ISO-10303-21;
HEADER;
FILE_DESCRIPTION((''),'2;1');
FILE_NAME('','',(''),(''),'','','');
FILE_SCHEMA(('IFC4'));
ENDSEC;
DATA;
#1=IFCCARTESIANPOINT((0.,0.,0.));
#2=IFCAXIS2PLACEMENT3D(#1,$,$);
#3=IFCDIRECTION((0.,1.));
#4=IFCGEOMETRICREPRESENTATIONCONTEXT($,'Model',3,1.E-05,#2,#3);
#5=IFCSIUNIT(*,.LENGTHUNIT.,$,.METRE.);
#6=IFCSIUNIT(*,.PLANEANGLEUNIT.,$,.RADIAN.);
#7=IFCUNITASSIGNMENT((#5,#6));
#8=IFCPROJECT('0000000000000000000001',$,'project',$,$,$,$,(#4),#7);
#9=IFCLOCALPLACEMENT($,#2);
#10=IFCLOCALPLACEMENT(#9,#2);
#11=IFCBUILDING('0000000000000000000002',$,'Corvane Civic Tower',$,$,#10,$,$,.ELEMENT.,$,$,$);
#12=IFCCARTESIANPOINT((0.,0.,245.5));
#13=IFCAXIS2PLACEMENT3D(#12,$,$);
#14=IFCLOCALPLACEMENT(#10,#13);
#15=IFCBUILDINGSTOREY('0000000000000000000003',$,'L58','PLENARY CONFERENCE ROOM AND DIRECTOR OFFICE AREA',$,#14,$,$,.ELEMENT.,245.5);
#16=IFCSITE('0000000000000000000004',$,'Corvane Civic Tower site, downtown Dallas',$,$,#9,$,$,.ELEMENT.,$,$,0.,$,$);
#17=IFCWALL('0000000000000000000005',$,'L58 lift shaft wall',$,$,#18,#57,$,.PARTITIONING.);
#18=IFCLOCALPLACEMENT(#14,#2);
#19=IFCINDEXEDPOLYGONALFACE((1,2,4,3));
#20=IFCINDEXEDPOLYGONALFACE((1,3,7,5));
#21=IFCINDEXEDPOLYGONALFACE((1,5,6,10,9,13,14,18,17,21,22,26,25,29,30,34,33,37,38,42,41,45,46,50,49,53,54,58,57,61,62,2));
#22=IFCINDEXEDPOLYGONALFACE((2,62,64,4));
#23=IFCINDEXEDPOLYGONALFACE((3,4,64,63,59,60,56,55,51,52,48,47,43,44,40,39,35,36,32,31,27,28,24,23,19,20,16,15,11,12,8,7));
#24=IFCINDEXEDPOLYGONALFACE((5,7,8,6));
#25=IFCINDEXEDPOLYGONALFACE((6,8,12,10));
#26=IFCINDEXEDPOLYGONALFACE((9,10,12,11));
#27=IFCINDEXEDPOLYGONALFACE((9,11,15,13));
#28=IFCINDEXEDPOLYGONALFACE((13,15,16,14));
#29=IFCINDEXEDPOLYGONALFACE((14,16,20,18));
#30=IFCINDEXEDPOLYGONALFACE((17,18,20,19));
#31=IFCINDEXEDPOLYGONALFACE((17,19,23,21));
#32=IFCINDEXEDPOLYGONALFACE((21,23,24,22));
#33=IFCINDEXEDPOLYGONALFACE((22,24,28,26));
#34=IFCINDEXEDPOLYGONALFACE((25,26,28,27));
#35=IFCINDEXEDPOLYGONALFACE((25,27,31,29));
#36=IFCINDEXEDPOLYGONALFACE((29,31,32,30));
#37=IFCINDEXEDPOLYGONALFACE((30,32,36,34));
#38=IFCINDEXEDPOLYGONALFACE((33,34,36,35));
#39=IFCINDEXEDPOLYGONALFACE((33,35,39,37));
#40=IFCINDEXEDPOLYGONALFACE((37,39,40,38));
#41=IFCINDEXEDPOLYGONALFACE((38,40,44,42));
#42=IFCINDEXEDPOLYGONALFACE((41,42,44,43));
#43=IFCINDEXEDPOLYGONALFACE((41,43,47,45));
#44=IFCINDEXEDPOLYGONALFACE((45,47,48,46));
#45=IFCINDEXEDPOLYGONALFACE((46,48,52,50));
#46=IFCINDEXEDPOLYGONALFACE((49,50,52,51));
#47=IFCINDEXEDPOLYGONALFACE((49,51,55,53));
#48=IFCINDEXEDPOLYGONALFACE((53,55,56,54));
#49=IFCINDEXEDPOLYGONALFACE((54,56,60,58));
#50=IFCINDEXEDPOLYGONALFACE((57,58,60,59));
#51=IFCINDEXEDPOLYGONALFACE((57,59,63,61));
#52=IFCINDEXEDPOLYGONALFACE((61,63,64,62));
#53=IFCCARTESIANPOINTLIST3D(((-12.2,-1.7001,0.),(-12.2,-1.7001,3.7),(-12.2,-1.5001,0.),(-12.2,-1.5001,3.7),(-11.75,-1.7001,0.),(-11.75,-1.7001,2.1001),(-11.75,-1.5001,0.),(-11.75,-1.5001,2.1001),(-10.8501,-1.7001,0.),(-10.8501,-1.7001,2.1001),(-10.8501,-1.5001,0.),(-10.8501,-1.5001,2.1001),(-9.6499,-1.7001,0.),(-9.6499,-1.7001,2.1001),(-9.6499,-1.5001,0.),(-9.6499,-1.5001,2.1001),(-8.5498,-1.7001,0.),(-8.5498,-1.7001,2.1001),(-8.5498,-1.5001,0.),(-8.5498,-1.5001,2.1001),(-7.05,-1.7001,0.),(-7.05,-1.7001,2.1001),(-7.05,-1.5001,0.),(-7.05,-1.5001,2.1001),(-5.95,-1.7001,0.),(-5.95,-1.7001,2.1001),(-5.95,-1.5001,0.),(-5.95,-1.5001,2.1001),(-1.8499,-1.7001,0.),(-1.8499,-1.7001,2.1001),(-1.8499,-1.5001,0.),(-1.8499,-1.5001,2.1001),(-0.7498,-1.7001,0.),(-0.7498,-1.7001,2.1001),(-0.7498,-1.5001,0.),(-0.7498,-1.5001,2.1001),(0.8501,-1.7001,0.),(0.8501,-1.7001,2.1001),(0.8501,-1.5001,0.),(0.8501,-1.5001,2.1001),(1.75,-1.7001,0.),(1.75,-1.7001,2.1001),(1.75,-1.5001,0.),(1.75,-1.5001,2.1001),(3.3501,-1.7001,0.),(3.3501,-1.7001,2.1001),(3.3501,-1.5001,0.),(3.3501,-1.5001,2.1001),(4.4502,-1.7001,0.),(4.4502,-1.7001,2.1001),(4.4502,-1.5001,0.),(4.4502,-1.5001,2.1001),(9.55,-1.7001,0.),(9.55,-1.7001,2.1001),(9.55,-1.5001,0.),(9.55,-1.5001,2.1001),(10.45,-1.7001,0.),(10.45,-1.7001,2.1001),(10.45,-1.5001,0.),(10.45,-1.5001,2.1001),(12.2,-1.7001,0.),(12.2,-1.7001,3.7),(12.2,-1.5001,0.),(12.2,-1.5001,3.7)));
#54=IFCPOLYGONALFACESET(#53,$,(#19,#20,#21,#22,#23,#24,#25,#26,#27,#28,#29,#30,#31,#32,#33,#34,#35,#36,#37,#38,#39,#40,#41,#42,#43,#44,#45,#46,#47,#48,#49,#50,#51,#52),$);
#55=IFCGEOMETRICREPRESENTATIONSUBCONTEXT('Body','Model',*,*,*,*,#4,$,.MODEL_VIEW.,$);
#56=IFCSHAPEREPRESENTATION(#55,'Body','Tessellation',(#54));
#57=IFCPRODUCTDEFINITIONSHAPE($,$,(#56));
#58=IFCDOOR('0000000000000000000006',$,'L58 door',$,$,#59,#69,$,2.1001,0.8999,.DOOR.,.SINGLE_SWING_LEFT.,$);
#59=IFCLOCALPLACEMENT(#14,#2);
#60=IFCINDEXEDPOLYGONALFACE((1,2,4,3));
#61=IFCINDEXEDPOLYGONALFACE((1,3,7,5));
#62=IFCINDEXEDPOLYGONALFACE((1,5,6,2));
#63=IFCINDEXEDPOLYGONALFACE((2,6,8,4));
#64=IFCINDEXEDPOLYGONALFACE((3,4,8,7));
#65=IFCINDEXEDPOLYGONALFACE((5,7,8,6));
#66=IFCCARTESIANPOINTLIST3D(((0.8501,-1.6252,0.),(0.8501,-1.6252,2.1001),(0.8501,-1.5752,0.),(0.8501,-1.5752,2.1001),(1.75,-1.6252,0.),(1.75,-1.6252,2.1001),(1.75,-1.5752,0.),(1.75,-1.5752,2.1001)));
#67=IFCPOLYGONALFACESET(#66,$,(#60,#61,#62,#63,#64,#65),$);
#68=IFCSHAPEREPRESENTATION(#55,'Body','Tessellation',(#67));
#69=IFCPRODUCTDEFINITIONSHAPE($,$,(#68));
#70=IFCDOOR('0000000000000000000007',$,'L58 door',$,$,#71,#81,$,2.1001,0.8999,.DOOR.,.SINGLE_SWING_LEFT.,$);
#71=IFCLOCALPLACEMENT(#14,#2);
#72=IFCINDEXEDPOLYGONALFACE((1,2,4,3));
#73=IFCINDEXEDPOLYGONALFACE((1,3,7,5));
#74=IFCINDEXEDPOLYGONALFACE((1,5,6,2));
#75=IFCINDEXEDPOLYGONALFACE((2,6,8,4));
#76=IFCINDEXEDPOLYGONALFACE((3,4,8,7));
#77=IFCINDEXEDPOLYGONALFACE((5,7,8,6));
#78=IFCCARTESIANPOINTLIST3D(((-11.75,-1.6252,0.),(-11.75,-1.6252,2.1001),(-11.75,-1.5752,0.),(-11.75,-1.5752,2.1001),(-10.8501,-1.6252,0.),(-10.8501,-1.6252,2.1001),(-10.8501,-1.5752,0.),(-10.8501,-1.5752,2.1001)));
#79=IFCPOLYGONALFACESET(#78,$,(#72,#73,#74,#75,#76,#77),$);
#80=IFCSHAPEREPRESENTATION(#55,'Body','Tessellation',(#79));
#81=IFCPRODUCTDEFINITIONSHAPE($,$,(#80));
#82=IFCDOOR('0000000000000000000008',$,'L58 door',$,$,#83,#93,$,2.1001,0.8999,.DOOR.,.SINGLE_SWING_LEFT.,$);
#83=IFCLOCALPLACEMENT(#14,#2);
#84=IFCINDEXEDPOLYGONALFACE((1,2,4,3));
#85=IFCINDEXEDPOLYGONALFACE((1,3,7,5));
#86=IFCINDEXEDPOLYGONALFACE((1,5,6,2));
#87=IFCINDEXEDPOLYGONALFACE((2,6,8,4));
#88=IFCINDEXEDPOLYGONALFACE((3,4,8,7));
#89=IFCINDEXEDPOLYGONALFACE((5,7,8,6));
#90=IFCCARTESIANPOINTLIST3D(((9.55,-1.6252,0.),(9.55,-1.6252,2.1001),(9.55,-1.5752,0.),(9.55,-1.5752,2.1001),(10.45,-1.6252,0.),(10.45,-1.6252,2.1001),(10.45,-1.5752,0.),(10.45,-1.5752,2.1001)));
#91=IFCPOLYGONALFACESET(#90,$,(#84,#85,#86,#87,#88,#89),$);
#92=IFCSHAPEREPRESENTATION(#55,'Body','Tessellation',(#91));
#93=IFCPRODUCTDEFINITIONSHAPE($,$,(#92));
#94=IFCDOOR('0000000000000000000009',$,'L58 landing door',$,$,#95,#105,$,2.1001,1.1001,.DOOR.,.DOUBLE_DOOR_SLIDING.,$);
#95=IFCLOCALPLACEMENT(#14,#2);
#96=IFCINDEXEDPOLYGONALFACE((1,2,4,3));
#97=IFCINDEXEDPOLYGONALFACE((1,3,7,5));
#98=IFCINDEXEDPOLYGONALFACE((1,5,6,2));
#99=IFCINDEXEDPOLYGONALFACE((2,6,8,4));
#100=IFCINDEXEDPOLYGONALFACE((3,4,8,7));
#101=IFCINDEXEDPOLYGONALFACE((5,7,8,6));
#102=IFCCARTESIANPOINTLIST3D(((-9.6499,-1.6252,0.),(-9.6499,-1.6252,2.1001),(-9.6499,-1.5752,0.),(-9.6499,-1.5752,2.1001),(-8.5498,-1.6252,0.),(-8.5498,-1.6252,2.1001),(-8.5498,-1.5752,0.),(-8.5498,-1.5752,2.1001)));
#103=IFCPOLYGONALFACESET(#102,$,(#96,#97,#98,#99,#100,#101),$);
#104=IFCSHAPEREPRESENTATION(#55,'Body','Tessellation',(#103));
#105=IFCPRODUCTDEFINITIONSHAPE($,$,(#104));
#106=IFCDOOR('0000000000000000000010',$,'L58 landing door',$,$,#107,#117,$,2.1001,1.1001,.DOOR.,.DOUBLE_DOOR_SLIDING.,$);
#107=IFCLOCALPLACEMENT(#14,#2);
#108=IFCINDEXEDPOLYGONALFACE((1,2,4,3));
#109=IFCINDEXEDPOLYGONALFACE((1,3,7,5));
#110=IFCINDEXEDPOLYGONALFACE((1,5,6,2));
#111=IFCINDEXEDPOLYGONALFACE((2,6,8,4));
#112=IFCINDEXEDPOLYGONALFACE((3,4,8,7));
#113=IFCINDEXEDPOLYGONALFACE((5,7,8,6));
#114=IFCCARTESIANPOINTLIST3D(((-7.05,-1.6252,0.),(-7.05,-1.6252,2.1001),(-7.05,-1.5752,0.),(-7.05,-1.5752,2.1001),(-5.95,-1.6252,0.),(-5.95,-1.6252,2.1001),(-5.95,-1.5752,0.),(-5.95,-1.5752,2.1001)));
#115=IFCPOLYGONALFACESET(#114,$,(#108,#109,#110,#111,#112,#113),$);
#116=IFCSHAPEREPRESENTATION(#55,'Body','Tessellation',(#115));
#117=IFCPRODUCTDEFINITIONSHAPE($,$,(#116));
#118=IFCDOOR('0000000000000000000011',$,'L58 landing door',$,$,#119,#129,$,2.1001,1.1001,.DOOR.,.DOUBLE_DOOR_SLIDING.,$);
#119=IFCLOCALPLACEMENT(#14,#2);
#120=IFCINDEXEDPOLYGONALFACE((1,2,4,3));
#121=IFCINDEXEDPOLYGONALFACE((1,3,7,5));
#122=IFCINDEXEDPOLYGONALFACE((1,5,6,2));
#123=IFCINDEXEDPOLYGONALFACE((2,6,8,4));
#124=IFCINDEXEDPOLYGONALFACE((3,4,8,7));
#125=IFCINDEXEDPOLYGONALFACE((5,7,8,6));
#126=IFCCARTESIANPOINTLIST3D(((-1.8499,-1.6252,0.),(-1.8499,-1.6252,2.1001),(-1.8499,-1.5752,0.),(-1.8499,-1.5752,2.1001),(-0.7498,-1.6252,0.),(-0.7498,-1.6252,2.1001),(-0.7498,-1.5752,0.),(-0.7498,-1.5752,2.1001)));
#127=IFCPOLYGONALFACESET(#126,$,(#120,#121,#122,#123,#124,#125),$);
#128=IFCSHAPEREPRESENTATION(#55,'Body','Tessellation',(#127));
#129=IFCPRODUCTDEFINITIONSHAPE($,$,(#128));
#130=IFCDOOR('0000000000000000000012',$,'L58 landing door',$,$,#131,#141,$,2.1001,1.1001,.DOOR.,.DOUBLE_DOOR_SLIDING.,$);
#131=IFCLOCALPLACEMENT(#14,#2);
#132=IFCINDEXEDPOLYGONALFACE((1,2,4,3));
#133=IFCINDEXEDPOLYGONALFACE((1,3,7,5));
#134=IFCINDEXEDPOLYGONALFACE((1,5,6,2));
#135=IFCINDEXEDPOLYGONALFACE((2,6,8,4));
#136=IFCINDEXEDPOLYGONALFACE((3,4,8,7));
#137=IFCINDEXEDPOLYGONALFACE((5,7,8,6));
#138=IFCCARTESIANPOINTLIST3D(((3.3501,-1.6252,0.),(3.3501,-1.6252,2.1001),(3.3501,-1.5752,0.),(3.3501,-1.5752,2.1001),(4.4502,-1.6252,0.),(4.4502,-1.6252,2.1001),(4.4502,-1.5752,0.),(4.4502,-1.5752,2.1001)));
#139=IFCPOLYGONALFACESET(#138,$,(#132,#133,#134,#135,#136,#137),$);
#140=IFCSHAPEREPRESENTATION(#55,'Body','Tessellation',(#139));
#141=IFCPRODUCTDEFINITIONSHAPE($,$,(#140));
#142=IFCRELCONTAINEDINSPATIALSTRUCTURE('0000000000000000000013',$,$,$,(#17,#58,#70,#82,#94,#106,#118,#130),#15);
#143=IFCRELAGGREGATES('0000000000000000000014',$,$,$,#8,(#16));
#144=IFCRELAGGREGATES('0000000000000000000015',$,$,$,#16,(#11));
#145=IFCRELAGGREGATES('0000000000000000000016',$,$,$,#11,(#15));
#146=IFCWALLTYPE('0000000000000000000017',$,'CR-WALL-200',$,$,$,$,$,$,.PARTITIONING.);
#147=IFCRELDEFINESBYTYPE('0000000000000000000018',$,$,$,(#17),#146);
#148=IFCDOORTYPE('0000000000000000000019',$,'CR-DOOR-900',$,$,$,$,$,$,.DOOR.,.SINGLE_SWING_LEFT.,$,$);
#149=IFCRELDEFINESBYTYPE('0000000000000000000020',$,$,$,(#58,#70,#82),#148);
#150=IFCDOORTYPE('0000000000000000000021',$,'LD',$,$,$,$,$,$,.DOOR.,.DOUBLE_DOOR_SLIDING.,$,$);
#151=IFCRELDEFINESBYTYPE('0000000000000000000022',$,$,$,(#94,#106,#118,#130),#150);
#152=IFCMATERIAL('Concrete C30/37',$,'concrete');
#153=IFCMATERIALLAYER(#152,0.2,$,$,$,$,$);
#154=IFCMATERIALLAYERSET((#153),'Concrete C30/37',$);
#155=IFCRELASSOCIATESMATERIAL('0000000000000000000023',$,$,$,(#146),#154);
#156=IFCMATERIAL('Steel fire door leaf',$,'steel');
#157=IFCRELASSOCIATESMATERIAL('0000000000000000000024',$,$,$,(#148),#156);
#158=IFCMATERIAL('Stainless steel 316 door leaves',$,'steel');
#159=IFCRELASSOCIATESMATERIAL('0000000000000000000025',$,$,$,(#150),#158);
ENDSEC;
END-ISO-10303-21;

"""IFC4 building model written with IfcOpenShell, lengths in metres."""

from ifc_helpers import new_model, si_unit, direction, frame, frame_2d, origin, place, context, subcontext, project, spatial, rectangle, extrude, material, layer, layer_set, type_object, element, fill, save


model = new_model("IFC4")

# Units and contexts
model_context = context("Model", 3, precision=1e-05, world=origin(), true_north=direction((0.0, 1.0)))
body_context = subcontext(model_context, "Body", "Model", "MODEL_VIEW")
ifc_project = project(units=[si_unit("LENGTHUNIT", "METRE"), si_unit("PLANEANGLEUNIT", "RADIAN")], contexts=[model_context])

# Site, building, storey
site_placement = place(None, origin())
site = spatial("IfcSite", under=ifc_project, at=site_placement, Name="Corvane Civic Tower site, downtown Dallas", CompositionType="ELEMENT", RefElevation=0.0)
building_placement = place(site_placement, origin())
building = spatial("IfcBuilding", under=site, at=building_placement, Name="Corvane Civic Tower", CompositionType="ELEMENT")
storey_placement = place(building_placement, frame((0.0, 0.0, 245.5)))
storey = spatial("IfcBuildingStorey", under=building, at=storey_placement, Name="L58", Description="PLENARY CONFERENCE ROOM AND DIRECTOR OFFICE AREA", CompositionType="ELEMENT", Elevation=245.5)

# Shared definitions
ifc_material_1 = material(Name="Concrete C30/37", Category="concrete")
ifc_layer_1 = layer(ifc_material_1, 0.2)
ifc_layer_set_1 = layer_set([ifc_layer_1], Name="Concrete C30/37")
wall_type_1 = type_object("IfcWallType", Name="CR-WALL-200", PredefinedType="PARTITIONING", material=ifc_layer_set_1)
ifc_material_2 = material(Name="Steel fire door leaf", Category="steel")
door_type_1 = type_object("IfcDoorType", Name="CR-DOOR-900", OperationType="SINGLE_SWING_LEFT", PredefinedType="DOOR", material=ifc_material_2)

# Wall, openings, doors
wall_1_placement = place(storey_placement, frame((-12.2, -1.6001, 0.0), z_axis=(0.0, 0.0, 1.0), x_axis=(1.0, 0.0, 0.0)))
wall_1 = element("IfcWall", 1, at=wall_1_placement, inside=storey, type_object=wall_type_1, Name="L58 lift shaft wall", PredefinedType="PARTITIONING", context=body_context, shape_type="SweptSolid", body=[
    extrude(rectangle(XDim=24.3999, YDim=0.2, at=frame_2d((12.2, 0.0))), origin(), (0.0, 0.0, 1.0), 3.7),
])
opening_1_placement = place(wall_1_placement, frame((2.55, 0.0, 0.0)))
opening_1 = element("IfcOpeningElement", 2, at=opening_1_placement, cuts=wall_1, PredefinedType="OPENING", context=body_context, shape_type="SweptSolid", body=[
    extrude(rectangle(XDim=1.1001, YDim=2.1001, at=frame_2d((0.55, 1.05))), frame((0.0, 0.1099, 0.0), z_axis=(0.0, -1.0, 0.0), x_axis=(1.0, 0.0, 0.0)), (0.0, 0.0, 1.0), 0.22),
])
opening_2_placement = place(wall_1_placement, frame((5.1499, 0.0, 0.0)))
opening_2 = element("IfcOpeningElement", 3, at=opening_2_placement, cuts=wall_1, PredefinedType="OPENING", context=body_context, shape_type="SweptSolid", body=[
    extrude(rectangle(XDim=1.1001, YDim=2.1001, at=frame_2d((0.55, 1.05))), frame((0.0, 0.1099, 0.0), z_axis=(0.0, -1.0, 0.0), x_axis=(1.0, 0.0, 0.0)), (0.0, 0.0, 1.0), 0.22),
])
opening_3_placement = place(wall_1_placement, frame((10.3501, 0.0, 0.0)))
opening_3 = element("IfcOpeningElement", 4, at=opening_3_placement, cuts=wall_1, PredefinedType="OPENING", context=body_context, shape_type="SweptSolid", body=[
    extrude(rectangle(XDim=1.1001, YDim=2.1001, at=frame_2d((0.55, 1.05))), frame((0.0, 0.1099, 0.0), z_axis=(0.0, -1.0, 0.0), x_axis=(1.0, 0.0, 0.0)), (0.0, 0.0, 1.0), 0.22),
])
opening_4_placement = place(wall_1_placement, frame((13.05, 0.0, 0.0)))
opening_4 = element("IfcOpeningElement", 5, at=opening_4_placement, cuts=wall_1, PredefinedType="OPENING", context=body_context, shape_type="SweptSolid", body=[
    extrude(rectangle(XDim=0.8999, YDim=2.1001, at=frame_2d((0.45, 1.05))), frame((0.0, 0.1099, 0.0), z_axis=(0.0, -1.0, 0.0), x_axis=(1.0, 0.0, 0.0)), (0.0, 0.0, 1.0), 0.22),
])
opening_5_placement = place(wall_1_placement, frame((15.55, 0.0, 0.0)))
opening_5 = element("IfcOpeningElement", 6, at=opening_5_placement, cuts=wall_1, PredefinedType="OPENING", context=body_context, shape_type="SweptSolid", body=[
    extrude(rectangle(XDim=1.1001, YDim=2.1001, at=frame_2d((0.55, 1.05))), frame((0.0, 0.1099, 0.0), z_axis=(0.0, -1.0, 0.0), x_axis=(1.0, 0.0, 0.0)), (0.0, 0.0, 1.0), 0.22),
])
opening_6_placement = place(wall_1_placement, frame((0.45, 0.0, 0.0)))
opening_6 = element("IfcOpeningElement", 7, at=opening_6_placement, cuts=wall_1, PredefinedType="OPENING", context=body_context, shape_type="SweptSolid", body=[
    extrude(rectangle(XDim=0.8999, YDim=2.1001, at=frame_2d((0.45, 1.05))), frame((0.0, 0.1099, 0.0), z_axis=(0.0, -1.0, 0.0), x_axis=(1.0, 0.0, 0.0)), (0.0, 0.0, 1.0), 0.22),
])
opening_7_placement = place(wall_1_placement, frame((21.75, 0.0, 0.0)))
opening_7 = element("IfcOpeningElement", 8, at=opening_7_placement, cuts=wall_1, PredefinedType="OPENING", context=body_context, shape_type="SweptSolid", body=[
    extrude(rectangle(XDim=0.8999, YDim=2.1001, at=frame_2d((0.45, 1.05))), frame((0.0, 0.1099, 0.0), z_axis=(0.0, -1.0, 0.0), x_axis=(1.0, 0.0, 0.0)), (0.0, 0.0, 1.0), 0.22),
])
door_1_placement = place(opening_4_placement, origin())
door_1 = element("IfcDoor", 9, at=door_1_placement, inside=storey, type_object=door_type_1, Name="L58 door", OperationType="SINGLE_SWING_LEFT", OverallHeight=2.1001, OverallWidth=0.8999, PredefinedType="DOOR", context=body_context, shape_type="SweptSolid", body=[
    extrude(rectangle(XDim=0.8999, YDim=2.1001, at=frame_2d((0.45, 1.05))), frame((0.0, 0.0249, 0.0), z_axis=(0.0, -1.0, 0.0), x_axis=(1.0, 0.0, 0.0)), (0.0, 0.0, 1.0), 0.05),
])
fill(opening_4, door_1)
door_2_placement = place(opening_6_placement, origin())
door_2 = element("IfcDoor", 10, at=door_2_placement, inside=storey, type_object=door_type_1, Name="L58 door", OperationType="SINGLE_SWING_LEFT", OverallHeight=2.1001, OverallWidth=0.8999, PredefinedType="DOOR", context=body_context, shape_type="SweptSolid", body=[
    extrude(rectangle(XDim=0.8999, YDim=2.1001, at=frame_2d((0.45, 1.05))), frame((0.0, 0.0249, 0.0), z_axis=(0.0, -1.0, 0.0), x_axis=(1.0, 0.0, 0.0)), (0.0, 0.0, 1.0), 0.05),
])
fill(opening_6, door_2)
door_3_placement = place(opening_7_placement, origin())
door_3 = element("IfcDoor", 11, at=door_3_placement, inside=storey, type_object=door_type_1, Name="L58 door", OperationType="SINGLE_SWING_LEFT", OverallHeight=2.1001, OverallWidth=0.8999, PredefinedType="DOOR", context=body_context, shape_type="SweptSolid", body=[
    extrude(rectangle(XDim=0.8999, YDim=2.1001, at=frame_2d((0.45, 1.05))), frame((0.0, 0.0249, 0.0), z_axis=(0.0, -1.0, 0.0), x_axis=(1.0, 0.0, 0.0)), (0.0, 0.0, 1.0), 0.05),
])
fill(opening_7, door_3)
ifc_material_3 = material(Name="Stainless steel 316 door leaves", Category="steel")
door_type_2 = type_object("IfcDoorType", Name="LD", OperationType="DOUBLE_DOOR_SLIDING", PredefinedType="DOOR", material=ifc_material_3)
door_4_placement = place(opening_1_placement, origin())
door_4 = element("IfcDoor", 12, at=door_4_placement, inside=storey, type_object=door_type_2, Name="L58 landing door", OperationType="DOUBLE_DOOR_SLIDING", OverallHeight=2.1001, OverallWidth=1.1001, PredefinedType="DOOR", context=body_context, shape_type="SweptSolid", body=[
    extrude(rectangle(XDim=1.1001, YDim=2.1001, at=frame_2d((0.55, 1.05))), frame((0.0, 0.0249, 0.0), z_axis=(0.0, -1.0, 0.0), x_axis=(1.0, 0.0, 0.0)), (0.0, 0.0, 1.0), 0.05),
])
fill(opening_1, door_4)
door_5_placement = place(opening_2_placement, origin())
door_5 = element("IfcDoor", 13, at=door_5_placement, inside=storey, type_object=door_type_2, Name="L58 landing door", OperationType="DOUBLE_DOOR_SLIDING", OverallHeight=2.1001, OverallWidth=1.1001, PredefinedType="DOOR", context=body_context, shape_type="SweptSolid", body=[
    extrude(rectangle(XDim=1.1001, YDim=2.1001, at=frame_2d((0.55, 1.05))), frame((0.0, 0.0249, 0.0), z_axis=(0.0, -1.0, 0.0), x_axis=(1.0, 0.0, 0.0)), (0.0, 0.0, 1.0), 0.05),
])
fill(opening_2, door_5)
door_6_placement = place(opening_3_placement, origin())
door_6 = element("IfcDoor", 14, at=door_6_placement, inside=storey, type_object=door_type_2, Name="L58 landing door", OperationType="DOUBLE_DOOR_SLIDING", OverallHeight=2.1001, OverallWidth=1.1001, PredefinedType="DOOR", context=body_context, shape_type="SweptSolid", body=[
    extrude(rectangle(XDim=1.1001, YDim=2.1001, at=frame_2d((0.55, 1.05))), frame((0.0, 0.0249, 0.0), z_axis=(0.0, -1.0, 0.0), x_axis=(1.0, 0.0, 0.0)), (0.0, 0.0, 1.0), 0.05),
])
fill(opening_3, door_6)
door_7_placement = place(opening_5_placement, origin())
door_7 = element("IfcDoor", 15, at=door_7_placement, inside=storey, type_object=door_type_2, Name="L58 landing door", OperationType="DOUBLE_DOOR_SLIDING", OverallHeight=2.1001, OverallWidth=1.1001, PredefinedType="DOOR", context=body_context, shape_type="SweptSolid", body=[
    extrude(rectangle(XDim=1.1001, YDim=2.1001, at=frame_2d((0.55, 1.05))), frame((0.0, 0.0249, 0.0), z_axis=(0.0, -1.0, 0.0), x_axis=(1.0, 0.0, 0.0)), (0.0, 0.0, 1.0), 0.05),
])
fill(opening_5, door_7)

save(model, "model.ifc")
